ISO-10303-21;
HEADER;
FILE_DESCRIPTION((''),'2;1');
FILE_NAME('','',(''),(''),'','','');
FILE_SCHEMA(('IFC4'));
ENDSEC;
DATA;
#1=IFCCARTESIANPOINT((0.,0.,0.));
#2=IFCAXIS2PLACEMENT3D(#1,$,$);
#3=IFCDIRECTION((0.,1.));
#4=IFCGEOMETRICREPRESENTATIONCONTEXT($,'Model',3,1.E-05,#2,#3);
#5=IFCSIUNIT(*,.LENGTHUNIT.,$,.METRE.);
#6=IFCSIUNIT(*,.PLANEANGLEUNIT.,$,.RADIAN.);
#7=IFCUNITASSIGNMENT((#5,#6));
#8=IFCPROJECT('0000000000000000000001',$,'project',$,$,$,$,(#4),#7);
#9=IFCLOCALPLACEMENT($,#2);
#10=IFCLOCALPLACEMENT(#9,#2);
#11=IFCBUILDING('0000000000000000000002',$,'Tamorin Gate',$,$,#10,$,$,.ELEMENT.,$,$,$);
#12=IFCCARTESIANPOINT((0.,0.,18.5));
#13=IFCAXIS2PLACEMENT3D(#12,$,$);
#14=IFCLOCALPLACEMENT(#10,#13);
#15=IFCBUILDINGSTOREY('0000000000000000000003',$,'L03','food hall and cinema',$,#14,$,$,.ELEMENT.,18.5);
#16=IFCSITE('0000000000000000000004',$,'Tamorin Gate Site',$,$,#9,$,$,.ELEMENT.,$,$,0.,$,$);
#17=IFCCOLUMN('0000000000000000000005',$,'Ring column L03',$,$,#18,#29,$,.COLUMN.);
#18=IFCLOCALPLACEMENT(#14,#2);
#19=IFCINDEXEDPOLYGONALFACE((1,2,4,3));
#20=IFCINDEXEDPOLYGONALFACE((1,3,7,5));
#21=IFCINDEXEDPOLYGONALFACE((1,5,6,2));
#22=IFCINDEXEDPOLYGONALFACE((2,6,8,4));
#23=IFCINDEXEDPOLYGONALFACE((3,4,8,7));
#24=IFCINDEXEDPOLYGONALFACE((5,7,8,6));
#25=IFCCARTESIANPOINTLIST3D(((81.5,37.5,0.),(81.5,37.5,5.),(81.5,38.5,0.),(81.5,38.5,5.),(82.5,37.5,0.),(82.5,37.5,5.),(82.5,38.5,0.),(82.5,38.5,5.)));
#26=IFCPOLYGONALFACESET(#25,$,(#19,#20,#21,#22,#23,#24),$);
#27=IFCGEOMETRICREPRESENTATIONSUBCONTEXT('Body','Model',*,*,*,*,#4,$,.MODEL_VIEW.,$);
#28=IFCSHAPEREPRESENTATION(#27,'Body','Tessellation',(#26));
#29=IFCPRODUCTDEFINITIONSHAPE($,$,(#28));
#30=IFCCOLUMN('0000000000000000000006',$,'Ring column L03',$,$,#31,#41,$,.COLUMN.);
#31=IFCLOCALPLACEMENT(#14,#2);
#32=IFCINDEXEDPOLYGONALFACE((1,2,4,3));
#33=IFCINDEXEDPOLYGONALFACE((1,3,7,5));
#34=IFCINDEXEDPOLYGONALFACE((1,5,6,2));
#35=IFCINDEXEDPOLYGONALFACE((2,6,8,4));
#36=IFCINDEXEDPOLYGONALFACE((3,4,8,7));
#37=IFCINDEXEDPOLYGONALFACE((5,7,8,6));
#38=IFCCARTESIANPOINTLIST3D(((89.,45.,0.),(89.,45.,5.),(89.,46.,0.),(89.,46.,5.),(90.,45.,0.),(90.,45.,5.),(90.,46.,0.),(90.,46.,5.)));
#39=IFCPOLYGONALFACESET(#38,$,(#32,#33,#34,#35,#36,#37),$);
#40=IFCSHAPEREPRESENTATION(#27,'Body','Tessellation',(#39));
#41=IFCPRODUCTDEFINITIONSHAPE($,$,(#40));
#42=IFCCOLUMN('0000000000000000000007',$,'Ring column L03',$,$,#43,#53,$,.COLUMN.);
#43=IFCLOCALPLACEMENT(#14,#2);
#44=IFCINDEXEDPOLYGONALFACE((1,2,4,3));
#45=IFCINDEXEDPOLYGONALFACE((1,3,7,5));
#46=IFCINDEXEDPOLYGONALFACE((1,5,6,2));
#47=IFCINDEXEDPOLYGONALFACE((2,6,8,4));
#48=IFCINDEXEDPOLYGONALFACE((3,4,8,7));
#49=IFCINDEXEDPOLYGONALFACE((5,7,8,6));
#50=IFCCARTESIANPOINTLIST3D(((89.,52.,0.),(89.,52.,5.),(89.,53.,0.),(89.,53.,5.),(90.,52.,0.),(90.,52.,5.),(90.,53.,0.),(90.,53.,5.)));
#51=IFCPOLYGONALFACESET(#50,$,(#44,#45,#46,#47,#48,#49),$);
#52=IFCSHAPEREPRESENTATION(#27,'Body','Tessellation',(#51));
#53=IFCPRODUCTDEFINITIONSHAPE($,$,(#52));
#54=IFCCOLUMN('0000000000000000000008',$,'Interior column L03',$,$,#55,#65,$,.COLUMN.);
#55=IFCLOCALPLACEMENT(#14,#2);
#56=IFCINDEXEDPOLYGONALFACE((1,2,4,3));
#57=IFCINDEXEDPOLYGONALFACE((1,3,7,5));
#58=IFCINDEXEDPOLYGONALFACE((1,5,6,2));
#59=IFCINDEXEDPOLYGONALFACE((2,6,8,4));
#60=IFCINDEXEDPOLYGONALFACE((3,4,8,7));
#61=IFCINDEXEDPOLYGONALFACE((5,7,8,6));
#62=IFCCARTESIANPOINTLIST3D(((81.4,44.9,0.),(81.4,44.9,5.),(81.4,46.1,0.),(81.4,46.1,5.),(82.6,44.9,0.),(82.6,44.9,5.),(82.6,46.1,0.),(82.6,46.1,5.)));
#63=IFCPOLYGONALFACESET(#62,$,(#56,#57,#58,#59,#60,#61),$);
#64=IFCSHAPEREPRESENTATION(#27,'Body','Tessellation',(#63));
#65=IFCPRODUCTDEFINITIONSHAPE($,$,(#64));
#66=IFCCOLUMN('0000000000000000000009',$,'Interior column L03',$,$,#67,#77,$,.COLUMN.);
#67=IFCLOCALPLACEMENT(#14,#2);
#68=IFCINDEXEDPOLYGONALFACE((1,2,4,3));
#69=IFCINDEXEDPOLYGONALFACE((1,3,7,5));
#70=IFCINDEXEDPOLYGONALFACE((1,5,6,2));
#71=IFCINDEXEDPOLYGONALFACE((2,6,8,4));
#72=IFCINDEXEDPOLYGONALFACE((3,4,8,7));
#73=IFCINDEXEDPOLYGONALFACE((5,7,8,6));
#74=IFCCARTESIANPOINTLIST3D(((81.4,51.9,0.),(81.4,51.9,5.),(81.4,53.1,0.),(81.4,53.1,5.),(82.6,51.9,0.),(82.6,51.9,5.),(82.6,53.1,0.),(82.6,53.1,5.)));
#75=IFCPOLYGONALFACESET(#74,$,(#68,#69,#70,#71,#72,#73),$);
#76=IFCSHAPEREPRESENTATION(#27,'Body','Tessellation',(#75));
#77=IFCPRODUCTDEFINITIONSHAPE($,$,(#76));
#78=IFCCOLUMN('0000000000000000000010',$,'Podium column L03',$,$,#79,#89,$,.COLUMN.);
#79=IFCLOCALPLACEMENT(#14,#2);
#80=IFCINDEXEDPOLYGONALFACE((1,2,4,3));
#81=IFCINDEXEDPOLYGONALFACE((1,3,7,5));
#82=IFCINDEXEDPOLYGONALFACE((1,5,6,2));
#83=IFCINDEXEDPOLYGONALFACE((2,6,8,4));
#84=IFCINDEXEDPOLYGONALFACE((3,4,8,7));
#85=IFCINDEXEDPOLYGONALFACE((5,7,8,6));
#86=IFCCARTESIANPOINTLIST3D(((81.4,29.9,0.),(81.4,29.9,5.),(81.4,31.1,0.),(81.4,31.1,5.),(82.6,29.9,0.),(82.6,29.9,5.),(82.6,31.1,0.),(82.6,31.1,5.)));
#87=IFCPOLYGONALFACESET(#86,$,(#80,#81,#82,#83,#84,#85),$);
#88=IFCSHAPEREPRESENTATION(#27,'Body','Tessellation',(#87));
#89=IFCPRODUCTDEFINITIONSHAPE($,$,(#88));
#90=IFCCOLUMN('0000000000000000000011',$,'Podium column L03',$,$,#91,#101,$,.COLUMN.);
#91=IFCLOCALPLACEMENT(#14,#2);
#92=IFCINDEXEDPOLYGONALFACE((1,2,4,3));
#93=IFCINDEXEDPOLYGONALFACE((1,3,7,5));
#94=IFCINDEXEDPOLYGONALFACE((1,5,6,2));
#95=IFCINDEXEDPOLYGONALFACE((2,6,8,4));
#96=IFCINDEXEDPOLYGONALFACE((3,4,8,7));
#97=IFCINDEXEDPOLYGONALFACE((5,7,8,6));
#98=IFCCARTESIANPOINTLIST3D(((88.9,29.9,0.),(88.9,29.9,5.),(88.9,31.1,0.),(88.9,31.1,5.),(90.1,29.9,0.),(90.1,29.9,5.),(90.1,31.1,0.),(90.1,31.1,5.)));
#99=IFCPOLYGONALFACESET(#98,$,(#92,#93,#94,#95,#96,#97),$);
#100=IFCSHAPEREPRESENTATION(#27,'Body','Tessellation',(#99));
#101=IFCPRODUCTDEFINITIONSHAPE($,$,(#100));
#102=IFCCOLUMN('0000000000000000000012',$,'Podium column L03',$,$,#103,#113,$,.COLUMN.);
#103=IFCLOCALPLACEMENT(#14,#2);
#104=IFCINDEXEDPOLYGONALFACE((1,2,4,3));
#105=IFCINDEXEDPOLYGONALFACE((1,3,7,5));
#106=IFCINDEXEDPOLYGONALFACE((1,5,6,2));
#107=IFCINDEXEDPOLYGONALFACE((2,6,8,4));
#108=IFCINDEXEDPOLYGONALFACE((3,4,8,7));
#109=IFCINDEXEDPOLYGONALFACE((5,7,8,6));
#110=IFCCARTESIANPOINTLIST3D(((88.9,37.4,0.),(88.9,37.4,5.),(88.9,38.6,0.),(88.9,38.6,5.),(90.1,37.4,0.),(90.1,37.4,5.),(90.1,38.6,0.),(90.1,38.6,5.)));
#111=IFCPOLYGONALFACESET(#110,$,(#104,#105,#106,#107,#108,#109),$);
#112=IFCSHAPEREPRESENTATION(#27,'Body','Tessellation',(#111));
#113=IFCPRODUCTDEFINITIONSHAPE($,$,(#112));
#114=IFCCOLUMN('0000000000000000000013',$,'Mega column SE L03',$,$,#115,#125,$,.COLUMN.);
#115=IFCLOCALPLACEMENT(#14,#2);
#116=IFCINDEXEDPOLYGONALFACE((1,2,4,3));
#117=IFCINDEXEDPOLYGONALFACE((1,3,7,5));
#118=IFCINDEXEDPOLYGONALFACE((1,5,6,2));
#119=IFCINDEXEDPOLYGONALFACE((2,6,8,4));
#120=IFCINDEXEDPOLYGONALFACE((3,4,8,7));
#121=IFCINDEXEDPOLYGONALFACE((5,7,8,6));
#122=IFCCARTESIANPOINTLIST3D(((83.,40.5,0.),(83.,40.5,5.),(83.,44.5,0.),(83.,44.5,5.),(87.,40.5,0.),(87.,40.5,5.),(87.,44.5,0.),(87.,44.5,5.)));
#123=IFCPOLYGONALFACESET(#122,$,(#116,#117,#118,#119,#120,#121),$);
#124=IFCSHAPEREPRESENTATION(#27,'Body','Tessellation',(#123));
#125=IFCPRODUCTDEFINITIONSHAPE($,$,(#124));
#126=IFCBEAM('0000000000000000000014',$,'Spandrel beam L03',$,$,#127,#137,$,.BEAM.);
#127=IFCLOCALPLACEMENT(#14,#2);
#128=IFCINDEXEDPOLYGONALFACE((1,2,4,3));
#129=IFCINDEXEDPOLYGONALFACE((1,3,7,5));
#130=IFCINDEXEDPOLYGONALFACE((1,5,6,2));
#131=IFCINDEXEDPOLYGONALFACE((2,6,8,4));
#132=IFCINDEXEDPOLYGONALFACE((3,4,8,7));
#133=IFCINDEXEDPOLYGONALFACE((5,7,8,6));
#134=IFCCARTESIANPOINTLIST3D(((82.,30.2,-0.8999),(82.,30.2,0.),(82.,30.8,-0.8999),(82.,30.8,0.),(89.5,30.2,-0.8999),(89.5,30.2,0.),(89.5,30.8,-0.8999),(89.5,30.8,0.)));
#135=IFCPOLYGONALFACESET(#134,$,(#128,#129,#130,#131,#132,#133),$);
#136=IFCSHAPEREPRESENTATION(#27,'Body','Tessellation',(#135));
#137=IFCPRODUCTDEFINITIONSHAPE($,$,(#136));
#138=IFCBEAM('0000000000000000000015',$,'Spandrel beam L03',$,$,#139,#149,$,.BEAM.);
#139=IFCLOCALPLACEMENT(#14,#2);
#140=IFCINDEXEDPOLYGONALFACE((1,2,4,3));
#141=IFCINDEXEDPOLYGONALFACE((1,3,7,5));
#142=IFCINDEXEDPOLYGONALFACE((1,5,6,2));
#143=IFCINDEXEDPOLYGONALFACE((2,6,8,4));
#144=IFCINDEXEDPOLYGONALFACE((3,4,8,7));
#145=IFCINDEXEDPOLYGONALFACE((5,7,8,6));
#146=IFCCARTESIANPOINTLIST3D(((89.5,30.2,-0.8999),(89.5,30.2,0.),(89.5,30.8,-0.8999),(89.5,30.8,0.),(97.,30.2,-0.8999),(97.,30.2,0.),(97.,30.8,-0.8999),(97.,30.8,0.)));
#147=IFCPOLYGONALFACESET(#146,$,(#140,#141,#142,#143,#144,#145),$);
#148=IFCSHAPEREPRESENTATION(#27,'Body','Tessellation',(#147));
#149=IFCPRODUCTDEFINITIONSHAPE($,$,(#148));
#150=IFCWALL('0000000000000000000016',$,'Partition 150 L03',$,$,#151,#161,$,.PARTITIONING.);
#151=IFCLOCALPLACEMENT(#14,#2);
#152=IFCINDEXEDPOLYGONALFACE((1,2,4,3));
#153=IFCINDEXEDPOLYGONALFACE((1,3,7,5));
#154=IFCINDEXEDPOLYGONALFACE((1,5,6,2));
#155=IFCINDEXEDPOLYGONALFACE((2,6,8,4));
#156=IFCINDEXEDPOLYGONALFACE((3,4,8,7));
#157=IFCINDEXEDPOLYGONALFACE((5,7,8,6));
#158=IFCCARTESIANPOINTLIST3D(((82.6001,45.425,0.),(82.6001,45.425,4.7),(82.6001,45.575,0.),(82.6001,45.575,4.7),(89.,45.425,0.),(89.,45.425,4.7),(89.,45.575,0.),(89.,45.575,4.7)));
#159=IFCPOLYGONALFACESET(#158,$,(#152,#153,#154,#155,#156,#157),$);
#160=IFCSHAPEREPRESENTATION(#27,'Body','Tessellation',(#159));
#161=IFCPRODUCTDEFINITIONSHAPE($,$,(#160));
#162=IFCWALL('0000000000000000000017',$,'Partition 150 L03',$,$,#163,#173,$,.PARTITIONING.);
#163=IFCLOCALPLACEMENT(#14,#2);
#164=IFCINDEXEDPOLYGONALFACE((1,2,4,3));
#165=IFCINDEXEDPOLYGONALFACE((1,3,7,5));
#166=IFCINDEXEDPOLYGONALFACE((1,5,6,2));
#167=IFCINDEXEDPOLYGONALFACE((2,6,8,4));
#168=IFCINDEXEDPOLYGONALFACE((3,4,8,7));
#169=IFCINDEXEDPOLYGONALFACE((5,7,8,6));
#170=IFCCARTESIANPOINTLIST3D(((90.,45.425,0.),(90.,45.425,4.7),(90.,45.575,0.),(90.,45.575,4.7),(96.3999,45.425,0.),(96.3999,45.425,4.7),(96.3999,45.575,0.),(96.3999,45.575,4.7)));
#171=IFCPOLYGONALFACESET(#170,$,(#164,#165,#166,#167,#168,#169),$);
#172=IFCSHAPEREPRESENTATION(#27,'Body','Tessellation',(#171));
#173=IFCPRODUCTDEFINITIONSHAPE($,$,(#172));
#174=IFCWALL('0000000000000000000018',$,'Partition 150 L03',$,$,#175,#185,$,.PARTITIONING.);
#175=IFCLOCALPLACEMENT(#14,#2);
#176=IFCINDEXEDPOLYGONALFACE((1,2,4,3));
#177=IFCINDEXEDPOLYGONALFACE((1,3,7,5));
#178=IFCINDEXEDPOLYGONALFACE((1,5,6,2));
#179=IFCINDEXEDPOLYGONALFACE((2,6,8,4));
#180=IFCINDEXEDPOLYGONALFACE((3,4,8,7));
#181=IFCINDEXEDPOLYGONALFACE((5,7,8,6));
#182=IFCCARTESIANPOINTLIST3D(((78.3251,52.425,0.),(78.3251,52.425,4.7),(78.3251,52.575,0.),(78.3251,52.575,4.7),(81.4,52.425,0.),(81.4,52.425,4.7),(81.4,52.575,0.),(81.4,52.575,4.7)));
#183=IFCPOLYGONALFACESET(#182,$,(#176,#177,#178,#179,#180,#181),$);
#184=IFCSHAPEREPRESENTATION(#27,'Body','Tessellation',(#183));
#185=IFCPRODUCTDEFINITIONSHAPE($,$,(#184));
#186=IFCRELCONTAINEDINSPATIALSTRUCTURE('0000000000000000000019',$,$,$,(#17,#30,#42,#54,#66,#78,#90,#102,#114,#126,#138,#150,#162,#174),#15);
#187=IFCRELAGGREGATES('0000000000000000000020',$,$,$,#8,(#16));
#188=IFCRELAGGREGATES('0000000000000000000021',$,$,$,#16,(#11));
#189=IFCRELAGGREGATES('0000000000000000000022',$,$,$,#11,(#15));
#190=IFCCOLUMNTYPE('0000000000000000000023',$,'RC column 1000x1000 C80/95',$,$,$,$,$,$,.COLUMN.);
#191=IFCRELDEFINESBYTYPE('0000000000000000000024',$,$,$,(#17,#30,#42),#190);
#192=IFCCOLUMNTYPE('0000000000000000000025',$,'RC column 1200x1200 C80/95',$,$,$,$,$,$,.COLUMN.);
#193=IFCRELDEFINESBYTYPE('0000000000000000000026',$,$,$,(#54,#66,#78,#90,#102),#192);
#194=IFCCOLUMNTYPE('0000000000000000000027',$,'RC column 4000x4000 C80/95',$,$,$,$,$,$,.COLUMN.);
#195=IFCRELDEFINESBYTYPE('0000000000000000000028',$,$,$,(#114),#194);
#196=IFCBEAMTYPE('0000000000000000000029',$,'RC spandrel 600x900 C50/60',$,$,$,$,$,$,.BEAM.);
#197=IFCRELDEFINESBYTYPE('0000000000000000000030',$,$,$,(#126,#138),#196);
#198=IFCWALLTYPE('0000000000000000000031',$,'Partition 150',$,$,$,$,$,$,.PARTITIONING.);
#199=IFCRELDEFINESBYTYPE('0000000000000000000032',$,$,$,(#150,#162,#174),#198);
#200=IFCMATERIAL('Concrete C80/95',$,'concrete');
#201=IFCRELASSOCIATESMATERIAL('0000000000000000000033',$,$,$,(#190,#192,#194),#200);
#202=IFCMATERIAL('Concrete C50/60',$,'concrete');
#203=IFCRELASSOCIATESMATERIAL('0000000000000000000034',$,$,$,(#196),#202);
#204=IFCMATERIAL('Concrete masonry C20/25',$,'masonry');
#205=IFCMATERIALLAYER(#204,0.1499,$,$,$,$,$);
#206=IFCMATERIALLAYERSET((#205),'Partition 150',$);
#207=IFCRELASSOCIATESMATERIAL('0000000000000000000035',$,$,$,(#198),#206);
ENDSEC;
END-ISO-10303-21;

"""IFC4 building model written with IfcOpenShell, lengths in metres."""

from ifc_helpers import new_model, si_unit, direction, frame, frame_2d, origin, origin_2d, place, context, subcontext, project, spatial, rectangle, extrude, material, layer, layer_set, material_profile, profile_set, type_object, element, save


model = new_model("IFC4")

# Units and contexts
model_context = context("Model", 3, precision=1e-05, world=origin(), true_north=direction((0.0, 1.0)))
body_context = subcontext(model_context, "Body", "Model", "MODEL_VIEW")
ifc_project = project(units=[si_unit("LENGTHUNIT", "METRE"), si_unit("PLANEANGLEUNIT", "RADIAN")], contexts=[model_context])

# Site, building, storey
site_placement = place(None, origin())
site = spatial("IfcSite", under=ifc_project, at=site_placement, Name="Tamorin Gate Site", CompositionType="ELEMENT", RefElevation=0.0)
building_placement = place(site_placement, origin())
building = spatial("IfcBuilding", under=site, at=building_placement, Name="Tamorin Gate", CompositionType="ELEMENT")
storey_placement = place(building_placement, frame((0.0, 0.0, 18.5)))
storey = spatial("IfcBuildingStorey", under=building, at=storey_placement, Name="L03", Description="food hall and cinema", CompositionType="ELEMENT", Elevation=18.5)

# Columns
ifc_material_1 = material(Name="Concrete C80/95", Category="concrete")
ifc_material_profile_1 = material_profile(ifc_material_1, rectangle(XDim=1.0, YDim=1.0, at=origin_2d()), Name="RC 1000x1000")
ifc_profile_set_1 = profile_set([ifc_material_profile_1], Name="Concrete C80/95")
column_type_1 = type_object("IfcColumnType", Name="RC column 1000x1000 C80/95", PredefinedType="COLUMN", material=ifc_profile_set_1)
for number, where, z_axis, x_axis, name in (
    (1, (82.0, 38.0, 0.0), (0.0, 0.0, 1.0), (1.0, 0.0, 0.0), "Ring column L03"),
    (2, (89.5, 45.5, 0.0), (0.0, 0.0, 1.0), (1.0, 0.0, 0.0), "Ring column L03"),
    (3, (89.5, 52.5, 0.0), (0.0, 0.0, 1.0), (1.0, 0.0, 0.0), "Ring column L03"),
):
    element("IfcColumn", number, at=place(storey_placement, frame(where, z_axis=z_axis, x_axis=x_axis)), inside=storey, type_object=column_type_1, Name=name, PredefinedType="COLUMN", context=body_context, shape_type="SweptSolid", body=[
        extrude(rectangle(XDim=1.0, YDim=1.0, at=origin_2d()), origin(), (0.0, 0.0, 1.0), 5.0),
    ])
ifc_material_profile_2 = material_profile(ifc_material_1, rectangle(XDim=1.2, YDim=1.2, at=origin_2d()), Name="RC 1200x1200")
ifc_profile_set_2 = profile_set([ifc_material_profile_2], Name="Concrete C80/95")
column_type_2 = type_object("IfcColumnType", Name="RC column 1200x1200 C80/95", PredefinedType="COLUMN", material=ifc_profile_set_2)
for number, where, z_axis, x_axis, name in (
    (4, (82.0, 45.5, 0.0), (0.0, 0.0, 1.0), (1.0, 0.0, 0.0), "Interior column L03"),
    (5, (82.0, 52.5, 0.0), (0.0, 0.0, 1.0), (1.0, 0.0, 0.0), "Interior column L03"),
    (6, (82.0, 30.5, 0.0), (0.0, 0.0, 1.0), (1.0, 0.0, 0.0), "Podium column L03"),
    (7, (89.5, 30.5, 0.0), (0.0, 0.0, 1.0), (1.0, 0.0, 0.0), "Podium column L03"),
    (8, (89.5, 38.0, 0.0), (0.0, 0.0, 1.0), (1.0, 0.0, 0.0), "Podium column L03"),
):
    element("IfcColumn", number, at=place(storey_placement, frame(where, z_axis=z_axis, x_axis=x_axis)), inside=storey, type_object=column_type_2, Name=name, PredefinedType="COLUMN", context=body_context, shape_type="SweptSolid", body=[
        extrude(rectangle(XDim=1.2, YDim=1.2, at=origin_2d()), origin(), (0.0, 0.0, 1.0), 5.0),
    ])
ifc_material_profile_3 = material_profile(ifc_material_1, rectangle(XDim=4.0, YDim=4.0, at=origin_2d()), Name="RC 4000x4000")
ifc_profile_set_3 = profile_set([ifc_material_profile_3], Name="Concrete C80/95")
column_type_3 = type_object("IfcColumnType", Name="RC column 4000x4000 C80/95", PredefinedType="COLUMN", material=ifc_profile_set_3)
column_placement = place(storey_placement, frame((85.0, 42.5, 0.0), z_axis=(0.0, 0.0, 1.0), x_axis=(1.0, 0.0, 0.0)))
element("IfcColumn", 9, at=column_placement, inside=storey, type_object=column_type_3, Name="Mega column SE L03", PredefinedType="COLUMN", context=body_context, shape_type="SweptSolid", body=[
    extrude(rectangle(XDim=4.0, YDim=4.0, at=origin_2d()), origin(), (0.0, 0.0, 1.0), 5.0),
])

# Beams
ifc_material_2 = material(Name="Concrete C50/60", Category="concrete")
ifc_material_profile_4 = material_profile(ifc_material_2, rectangle(XDim=0.6001, YDim=0.8999, at=origin_2d()), Name="RC 600x900")
ifc_profile_set_4 = profile_set([ifc_material_profile_4], Name="Concrete C50/60")
beam_type = type_object("IfcBeamType", Name="RC spandrel 600x900 C50/60", PredefinedType="BEAM", material=ifc_profile_set_4)
for number, where, z_axis, x_axis, name in (
    (10, (82.0, 30.5, -0.45), (1.0, 0.0, 0.0), (0.0, 1.0, 0.0), "Spandrel beam L03"),
    (11, (89.5, 30.5, -0.45), (1.0, 0.0, 0.0), (0.0, 1.0, 0.0), "Spandrel beam L03"),
):
    element("IfcBeam", number, at=place(storey_placement, frame(where, z_axis=z_axis, x_axis=x_axis)), inside=storey, type_object=beam_type, Name=name, PredefinedType="BEAM", context=body_context, shape_type="SweptSolid", body=[
        extrude(rectangle(XDim=0.6001, YDim=0.8999, at=origin_2d()), origin(), (0.0, 0.0, 1.0), 7.5),
    ])

# Shared definitions
ifc_material_3 = material(Name="Concrete masonry C20/25", Category="masonry")
ifc_layer_1 = layer(ifc_material_3, 0.1499)
ifc_layer_set_1 = layer_set([ifc_layer_1], Name="Partition 150")
wall_type_1 = type_object("IfcWallType", Name="Partition 150", PredefinedType="PARTITIONING", material=ifc_layer_set_1)

# Walls
for number, where, z_axis, x_axis, name in (
    (12, (82.6001, 45.5, 0.0), (0.0, 0.0, 1.0), (1.0, 0.0, 0.0), "Partition 150 L03"),
    (13, (90.0, 45.5, 0.0), (0.0, 0.0, 1.0), (1.0, 0.0, 0.0), "Partition 150 L03"),
):
    element("IfcWall", number, at=place(storey_placement, frame(where, z_axis=z_axis, x_axis=x_axis)), inside=storey, type_object=wall_type_1, Name=name, PredefinedType="PARTITIONING", context=body_context, shape_type="SweptSolid", body=[
        extrude(rectangle(XDim=6.3999, YDim=0.1499, at=frame_2d((3.2, 0.0))), origin(), (0.0, 0.0, 1.0), 4.7),
    ])
wall_1_placement = place(storey_placement, frame((78.325, 52.5, 0.0), z_axis=(0.0, 0.0, 1.0), x_axis=(1.0, 0.0, 0.0)))
element("IfcWall", 14, at=wall_1_placement, inside=storey, type_object=wall_type_1, Name="Partition 150 L03", PredefinedType="PARTITIONING", context=body_context, shape_type="SweptSolid", body=[
    extrude(rectangle(XDim=3.075, YDim=0.1499, at=frame_2d((1.5376, 0.0))), origin(), (0.0, 0.0, 1.0), 4.7),
])

save(model, "model.ifc")
